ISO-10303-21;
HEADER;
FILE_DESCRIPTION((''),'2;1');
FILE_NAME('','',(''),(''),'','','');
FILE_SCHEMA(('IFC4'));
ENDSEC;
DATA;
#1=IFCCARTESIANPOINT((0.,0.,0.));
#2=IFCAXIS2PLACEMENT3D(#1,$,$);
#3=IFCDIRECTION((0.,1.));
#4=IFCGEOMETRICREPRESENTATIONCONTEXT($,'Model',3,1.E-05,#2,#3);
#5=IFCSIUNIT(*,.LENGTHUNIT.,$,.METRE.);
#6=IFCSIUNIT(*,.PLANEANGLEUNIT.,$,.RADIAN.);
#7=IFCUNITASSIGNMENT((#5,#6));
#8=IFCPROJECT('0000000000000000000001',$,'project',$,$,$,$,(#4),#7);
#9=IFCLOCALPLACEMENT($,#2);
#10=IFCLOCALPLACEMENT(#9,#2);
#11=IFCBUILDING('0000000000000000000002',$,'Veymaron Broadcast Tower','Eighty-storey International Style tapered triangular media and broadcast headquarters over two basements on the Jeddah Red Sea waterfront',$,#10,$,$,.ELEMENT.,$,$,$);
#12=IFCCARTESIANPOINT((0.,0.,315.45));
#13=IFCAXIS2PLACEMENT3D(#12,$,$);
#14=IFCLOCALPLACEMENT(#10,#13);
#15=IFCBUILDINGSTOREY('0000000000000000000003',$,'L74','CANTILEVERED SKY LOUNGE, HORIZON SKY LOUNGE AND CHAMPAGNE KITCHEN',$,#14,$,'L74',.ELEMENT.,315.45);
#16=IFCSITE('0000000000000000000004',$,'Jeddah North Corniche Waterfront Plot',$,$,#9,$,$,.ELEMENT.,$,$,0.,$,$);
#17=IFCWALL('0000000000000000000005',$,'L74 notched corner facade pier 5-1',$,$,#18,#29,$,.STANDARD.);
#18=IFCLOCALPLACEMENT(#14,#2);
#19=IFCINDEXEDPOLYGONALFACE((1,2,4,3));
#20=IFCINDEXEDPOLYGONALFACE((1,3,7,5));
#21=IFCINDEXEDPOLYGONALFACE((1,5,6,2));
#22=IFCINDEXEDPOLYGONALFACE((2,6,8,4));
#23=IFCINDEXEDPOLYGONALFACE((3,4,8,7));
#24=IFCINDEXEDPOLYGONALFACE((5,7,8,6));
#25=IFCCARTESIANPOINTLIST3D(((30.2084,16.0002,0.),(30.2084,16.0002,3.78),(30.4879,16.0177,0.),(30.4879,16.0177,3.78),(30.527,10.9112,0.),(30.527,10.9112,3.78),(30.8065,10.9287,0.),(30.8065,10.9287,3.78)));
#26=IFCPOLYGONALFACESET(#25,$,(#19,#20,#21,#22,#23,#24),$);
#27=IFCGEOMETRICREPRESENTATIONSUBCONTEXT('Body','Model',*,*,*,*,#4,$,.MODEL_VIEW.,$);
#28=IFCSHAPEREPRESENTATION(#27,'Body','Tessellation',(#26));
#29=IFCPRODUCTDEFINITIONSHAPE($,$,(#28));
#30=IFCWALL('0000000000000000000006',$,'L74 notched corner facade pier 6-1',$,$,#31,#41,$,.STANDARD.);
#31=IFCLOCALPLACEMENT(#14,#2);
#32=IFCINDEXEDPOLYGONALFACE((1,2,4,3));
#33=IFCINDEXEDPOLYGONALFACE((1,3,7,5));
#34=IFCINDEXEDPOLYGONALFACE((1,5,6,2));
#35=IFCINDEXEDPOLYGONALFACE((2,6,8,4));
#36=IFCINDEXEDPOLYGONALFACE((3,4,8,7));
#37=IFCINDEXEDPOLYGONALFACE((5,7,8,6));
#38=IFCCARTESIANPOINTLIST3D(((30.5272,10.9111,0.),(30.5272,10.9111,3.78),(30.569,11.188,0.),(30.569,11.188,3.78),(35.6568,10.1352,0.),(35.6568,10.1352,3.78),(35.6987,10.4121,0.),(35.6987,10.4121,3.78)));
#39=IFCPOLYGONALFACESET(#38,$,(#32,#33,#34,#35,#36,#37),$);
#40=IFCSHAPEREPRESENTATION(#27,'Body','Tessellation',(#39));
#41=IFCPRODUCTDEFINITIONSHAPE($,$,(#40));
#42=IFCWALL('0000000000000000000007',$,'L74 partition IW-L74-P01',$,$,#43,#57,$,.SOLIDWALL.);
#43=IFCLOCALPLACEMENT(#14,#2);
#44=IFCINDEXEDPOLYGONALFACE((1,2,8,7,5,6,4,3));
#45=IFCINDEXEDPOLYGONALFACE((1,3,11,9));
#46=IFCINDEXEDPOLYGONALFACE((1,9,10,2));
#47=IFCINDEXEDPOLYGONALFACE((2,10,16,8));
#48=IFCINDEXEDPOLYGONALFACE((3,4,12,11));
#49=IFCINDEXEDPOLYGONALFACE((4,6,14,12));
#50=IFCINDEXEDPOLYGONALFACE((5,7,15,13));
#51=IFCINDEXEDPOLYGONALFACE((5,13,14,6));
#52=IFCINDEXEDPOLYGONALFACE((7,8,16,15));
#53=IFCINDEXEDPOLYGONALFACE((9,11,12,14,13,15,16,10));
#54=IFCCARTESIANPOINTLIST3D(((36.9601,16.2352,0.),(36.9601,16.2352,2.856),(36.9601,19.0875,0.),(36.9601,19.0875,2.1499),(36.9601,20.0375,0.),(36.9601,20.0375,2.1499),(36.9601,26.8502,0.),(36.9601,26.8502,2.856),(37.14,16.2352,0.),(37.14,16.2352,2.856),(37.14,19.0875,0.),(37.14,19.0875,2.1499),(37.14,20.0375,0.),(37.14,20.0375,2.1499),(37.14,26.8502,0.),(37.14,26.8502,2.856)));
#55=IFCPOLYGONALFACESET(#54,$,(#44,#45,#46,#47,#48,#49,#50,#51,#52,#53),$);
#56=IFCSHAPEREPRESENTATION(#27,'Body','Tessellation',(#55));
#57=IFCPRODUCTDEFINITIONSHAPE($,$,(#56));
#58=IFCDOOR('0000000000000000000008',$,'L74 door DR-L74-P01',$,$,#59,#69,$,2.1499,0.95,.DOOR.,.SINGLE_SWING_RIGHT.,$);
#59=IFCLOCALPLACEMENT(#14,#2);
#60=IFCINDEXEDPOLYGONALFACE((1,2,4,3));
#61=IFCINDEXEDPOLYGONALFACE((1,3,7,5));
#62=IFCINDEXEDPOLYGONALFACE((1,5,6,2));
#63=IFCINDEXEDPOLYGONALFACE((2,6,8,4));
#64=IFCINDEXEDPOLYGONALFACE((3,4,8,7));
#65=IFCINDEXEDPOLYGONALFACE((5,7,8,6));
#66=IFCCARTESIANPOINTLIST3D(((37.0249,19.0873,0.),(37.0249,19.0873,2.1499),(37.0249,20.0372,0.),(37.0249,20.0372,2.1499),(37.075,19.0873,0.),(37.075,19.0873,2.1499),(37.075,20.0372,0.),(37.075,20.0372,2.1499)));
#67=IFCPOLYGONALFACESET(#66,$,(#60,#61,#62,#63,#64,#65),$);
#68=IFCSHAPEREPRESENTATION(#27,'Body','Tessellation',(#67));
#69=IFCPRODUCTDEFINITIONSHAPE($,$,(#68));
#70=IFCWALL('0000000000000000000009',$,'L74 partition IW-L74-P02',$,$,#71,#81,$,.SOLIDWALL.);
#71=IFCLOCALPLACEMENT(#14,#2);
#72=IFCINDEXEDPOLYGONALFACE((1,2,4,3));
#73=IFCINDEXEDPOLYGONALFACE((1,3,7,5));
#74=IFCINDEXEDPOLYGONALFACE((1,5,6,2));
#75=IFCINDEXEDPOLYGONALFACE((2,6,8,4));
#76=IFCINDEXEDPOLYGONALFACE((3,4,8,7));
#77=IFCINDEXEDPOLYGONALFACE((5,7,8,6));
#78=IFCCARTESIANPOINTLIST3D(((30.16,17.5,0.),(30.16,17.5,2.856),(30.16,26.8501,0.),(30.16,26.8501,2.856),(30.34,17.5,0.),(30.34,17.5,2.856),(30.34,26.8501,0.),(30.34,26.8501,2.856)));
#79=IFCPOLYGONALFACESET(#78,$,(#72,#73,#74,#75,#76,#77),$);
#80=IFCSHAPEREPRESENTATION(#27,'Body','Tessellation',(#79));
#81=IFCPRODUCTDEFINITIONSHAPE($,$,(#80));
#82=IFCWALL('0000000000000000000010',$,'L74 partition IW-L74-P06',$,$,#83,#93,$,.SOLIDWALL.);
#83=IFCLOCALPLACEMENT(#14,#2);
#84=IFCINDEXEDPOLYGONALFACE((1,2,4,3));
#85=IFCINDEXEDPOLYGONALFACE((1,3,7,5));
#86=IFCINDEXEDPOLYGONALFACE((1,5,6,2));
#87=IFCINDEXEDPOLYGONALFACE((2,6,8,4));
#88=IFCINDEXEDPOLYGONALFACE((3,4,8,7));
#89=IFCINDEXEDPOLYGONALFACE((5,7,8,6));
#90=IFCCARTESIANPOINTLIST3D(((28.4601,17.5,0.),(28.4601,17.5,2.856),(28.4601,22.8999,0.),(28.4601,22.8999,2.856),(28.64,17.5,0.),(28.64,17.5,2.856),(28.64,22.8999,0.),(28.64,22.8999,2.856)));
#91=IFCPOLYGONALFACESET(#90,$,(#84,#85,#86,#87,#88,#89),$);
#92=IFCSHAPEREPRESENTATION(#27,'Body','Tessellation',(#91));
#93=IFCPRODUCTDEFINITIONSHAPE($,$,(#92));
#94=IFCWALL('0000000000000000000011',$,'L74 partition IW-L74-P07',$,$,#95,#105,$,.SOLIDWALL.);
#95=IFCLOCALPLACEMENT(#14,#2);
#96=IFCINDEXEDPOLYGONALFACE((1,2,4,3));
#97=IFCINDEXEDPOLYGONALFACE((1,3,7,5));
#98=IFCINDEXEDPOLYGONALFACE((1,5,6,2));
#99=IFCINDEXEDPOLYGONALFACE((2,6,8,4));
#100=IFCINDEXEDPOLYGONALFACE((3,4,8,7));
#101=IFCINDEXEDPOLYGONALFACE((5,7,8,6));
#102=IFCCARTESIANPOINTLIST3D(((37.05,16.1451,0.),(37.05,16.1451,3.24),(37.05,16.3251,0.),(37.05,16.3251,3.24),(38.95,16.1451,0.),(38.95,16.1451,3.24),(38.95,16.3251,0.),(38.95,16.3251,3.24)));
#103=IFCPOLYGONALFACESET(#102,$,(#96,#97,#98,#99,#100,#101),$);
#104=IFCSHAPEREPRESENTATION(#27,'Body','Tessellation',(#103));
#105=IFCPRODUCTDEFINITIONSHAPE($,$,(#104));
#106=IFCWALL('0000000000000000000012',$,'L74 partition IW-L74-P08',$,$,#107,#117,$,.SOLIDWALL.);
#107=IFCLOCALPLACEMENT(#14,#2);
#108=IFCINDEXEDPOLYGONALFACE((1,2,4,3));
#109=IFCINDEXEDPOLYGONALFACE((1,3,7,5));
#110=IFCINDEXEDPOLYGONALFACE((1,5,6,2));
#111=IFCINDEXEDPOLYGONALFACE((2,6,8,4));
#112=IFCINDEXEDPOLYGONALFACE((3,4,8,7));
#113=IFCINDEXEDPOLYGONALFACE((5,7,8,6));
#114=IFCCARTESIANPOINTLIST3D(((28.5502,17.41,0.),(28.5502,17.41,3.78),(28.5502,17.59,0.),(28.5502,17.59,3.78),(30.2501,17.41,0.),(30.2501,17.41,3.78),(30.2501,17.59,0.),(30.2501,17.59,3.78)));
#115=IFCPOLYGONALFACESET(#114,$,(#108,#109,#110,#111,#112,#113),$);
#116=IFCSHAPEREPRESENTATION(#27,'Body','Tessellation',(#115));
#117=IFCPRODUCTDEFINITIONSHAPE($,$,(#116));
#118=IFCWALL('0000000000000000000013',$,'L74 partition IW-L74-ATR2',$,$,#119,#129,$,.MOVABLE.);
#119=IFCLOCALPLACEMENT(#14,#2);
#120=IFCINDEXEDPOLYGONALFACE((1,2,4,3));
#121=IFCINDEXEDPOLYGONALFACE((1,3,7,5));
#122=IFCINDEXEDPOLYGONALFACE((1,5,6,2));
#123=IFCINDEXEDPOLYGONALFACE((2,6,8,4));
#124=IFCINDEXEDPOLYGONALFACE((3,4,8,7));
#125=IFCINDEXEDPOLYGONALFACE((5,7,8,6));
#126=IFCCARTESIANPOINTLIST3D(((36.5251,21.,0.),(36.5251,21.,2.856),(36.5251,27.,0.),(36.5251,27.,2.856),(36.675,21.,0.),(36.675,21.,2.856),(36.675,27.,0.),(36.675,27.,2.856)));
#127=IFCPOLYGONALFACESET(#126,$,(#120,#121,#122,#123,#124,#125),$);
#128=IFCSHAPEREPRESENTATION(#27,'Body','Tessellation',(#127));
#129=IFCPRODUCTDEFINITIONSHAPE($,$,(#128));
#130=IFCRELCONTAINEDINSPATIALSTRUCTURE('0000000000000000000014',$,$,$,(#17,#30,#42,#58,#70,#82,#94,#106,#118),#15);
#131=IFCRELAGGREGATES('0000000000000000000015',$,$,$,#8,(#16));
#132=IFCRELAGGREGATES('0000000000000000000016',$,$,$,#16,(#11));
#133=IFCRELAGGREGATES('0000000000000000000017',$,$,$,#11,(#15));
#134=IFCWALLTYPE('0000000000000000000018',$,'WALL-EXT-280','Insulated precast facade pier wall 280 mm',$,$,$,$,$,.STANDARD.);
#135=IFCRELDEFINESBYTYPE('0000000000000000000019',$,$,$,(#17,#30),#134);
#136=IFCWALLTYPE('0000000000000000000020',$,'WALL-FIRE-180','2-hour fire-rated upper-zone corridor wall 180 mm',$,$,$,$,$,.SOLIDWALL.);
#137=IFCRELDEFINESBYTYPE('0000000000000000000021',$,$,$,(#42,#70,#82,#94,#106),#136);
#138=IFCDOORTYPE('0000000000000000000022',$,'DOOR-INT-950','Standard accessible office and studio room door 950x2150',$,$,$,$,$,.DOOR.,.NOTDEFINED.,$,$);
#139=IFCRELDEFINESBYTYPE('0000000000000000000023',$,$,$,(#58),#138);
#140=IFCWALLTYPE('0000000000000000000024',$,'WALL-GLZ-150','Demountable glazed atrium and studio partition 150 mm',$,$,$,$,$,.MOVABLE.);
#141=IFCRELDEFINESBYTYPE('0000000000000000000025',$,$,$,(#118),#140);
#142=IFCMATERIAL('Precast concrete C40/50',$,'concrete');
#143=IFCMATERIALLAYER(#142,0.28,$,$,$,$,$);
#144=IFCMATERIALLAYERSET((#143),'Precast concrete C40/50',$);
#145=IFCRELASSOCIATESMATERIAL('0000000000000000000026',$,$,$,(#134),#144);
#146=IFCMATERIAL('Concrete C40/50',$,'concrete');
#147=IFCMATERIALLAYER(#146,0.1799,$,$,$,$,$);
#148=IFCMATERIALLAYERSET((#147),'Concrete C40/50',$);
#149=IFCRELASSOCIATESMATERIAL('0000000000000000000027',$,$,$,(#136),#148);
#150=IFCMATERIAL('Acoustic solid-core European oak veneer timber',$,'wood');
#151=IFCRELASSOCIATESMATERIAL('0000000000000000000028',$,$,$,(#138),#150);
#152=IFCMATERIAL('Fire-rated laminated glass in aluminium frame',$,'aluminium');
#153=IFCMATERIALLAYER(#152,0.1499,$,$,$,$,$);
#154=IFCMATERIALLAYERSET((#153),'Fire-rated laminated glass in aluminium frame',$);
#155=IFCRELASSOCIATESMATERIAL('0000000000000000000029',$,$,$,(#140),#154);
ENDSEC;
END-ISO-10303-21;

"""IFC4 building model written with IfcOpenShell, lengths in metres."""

from ifc_helpers import new_model, si_unit, direction, frame, frame_2d, origin, place, context, subcontext, project, spatial, rectangle, extrude, material, layer, layer_set, type_object, element, fill, save


model = new_model("IFC4")

# Units and contexts
model_context = context("Model", 3, precision=1e-05, world=origin(), true_north=direction((0.0, 1.0)))
body_context = subcontext(model_context, "Body", "Model", "MODEL_VIEW")
ifc_project = project(units=[si_unit("LENGTHUNIT", "METRE"), si_unit("PLANEANGLEUNIT", "RADIAN")], contexts=[model_context])

# Site, building, storey
site_placement = place(None, origin())
site = spatial("IfcSite", under=ifc_project, at=site_placement, Name="Jeddah North Corniche Waterfront Plot", CompositionType="ELEMENT", RefElevation=0.0)
building_placement = place(site_placement, origin())
building = spatial("IfcBuilding", under=site, at=building_placement, Name="Veymaron Broadcast Tower", Description="Eighty-storey International Style tapered triangular media and broadcast headquarters over two basements on the Jeddah Red Sea waterfront", CompositionType="ELEMENT")
storey_placement = place(building_placement, frame((0.0, 0.0, 315.45)))
storey = spatial("IfcBuildingStorey", under=building, at=storey_placement, Name="L74", Description="CANTILEVERED SKY LOUNGE, HORIZON SKY LOUNGE AND CHAMPAGNE KITCHEN", LongName="L74", CompositionType="ELEMENT", Elevation=315.45)

# Walls
ifc_material_1 = material(Name="Precast concrete C40/50", Category="concrete")
ifc_layer_1 = layer(ifc_material_1, 0.28)
ifc_layer_set_1 = layer_set([ifc_layer_1], Name="Precast concrete C40/50")
wall_type_1 = type_object("IfcWallType", Name="WALL-EXT-280", Description="Insulated precast facade pier wall 280 mm", PredefinedType="STANDARD", material=ifc_layer_set_1)
wall_1_placement = place(storey_placement, frame((30.3481, 16.0088, 0.0), z_axis=(0.0, 0.0, 1.0), x_axis=(0.062486, -0.998046, 0.0)))
element("IfcWall", 1, at=wall_1_placement, inside=storey, type_object=wall_type_1, Name="L74 notched corner facade pier 5-1", PredefinedType="STANDARD", context=body_context, shape_type="SweptSolid", body=[
    extrude(rectangle(XDim=5.0989, YDim=0.28, at=frame_2d((2.5493, 0.0))), origin(), (0.0, 0.0, 1.0), 3.78),
])
wall_2_placement = place(storey_placement, frame((30.5481, 11.0496, 0.0), z_axis=(0.0, 0.0, 1.0), x_axis=(0.988754, -0.149553, 0.0)))
element("IfcWall", 2, at=wall_2_placement, inside=storey, type_object=wall_type_1, Name="L74 notched corner facade pier 6-1", PredefinedType="STANDARD", context=body_context, shape_type="SweptSolid", body=[
    extrude(rectangle(XDim=5.188, YDim=0.28, at=frame_2d((2.594, 0.0))), origin(), (0.0, 0.0, 1.0), 3.78),
])

# Wall, opening, door
ifc_material_2 = material(Name="Concrete C40/50", Category="concrete")
ifc_layer_2 = layer(ifc_material_2, 0.1799)
ifc_layer_set_2 = layer_set([ifc_layer_2], Name="Concrete C40/50")
wall_type_2 = type_object("IfcWallType", Name="WALL-FIRE-180", Description="2-hour fire-rated upper-zone corridor wall 180 mm", PredefinedType="SOLIDWALL", material=ifc_layer_set_2)
wall_3_placement = place(storey_placement, frame((37.05, 16.2351, 0.0), z_axis=(0.0, 0.0, 1.0), x_axis=(0.0, 1.0, 0.0)))
wall_3 = element("IfcWall", 3, at=wall_3_placement, inside=storey, type_object=wall_type_2, Name="L74 partition IW-L74-P01", PredefinedType="SOLIDWALL", context=body_context, shape_type="SweptSolid", body=[
    extrude(rectangle(XDim=10.615, YDim=0.1799, at=frame_2d((5.3076, 0.0))), origin(), (0.0, 0.0, 1.0), 2.856),
])
opening_placement = place(wall_3_placement, frame((2.8523, 0.0, 0.0)))
opening = element("IfcOpeningElement", 4, at=opening_placement, cuts=wall_3, PredefinedType="OPENING", context=body_context, shape_type="SweptSolid", body=[
    extrude(rectangle(XDim=0.95, YDim=2.1499, at=frame_2d((0.4751, 1.075))), frame((0.0, 0.1001, 0.0), z_axis=(0.0, -1.0, 0.0), x_axis=(1.0, 0.0, 0.0)), (0.0, 0.0, 1.0), 0.2),
])
ifc_material_3 = material(Name="Acoustic solid-core European oak veneer timber", Category="wood")
door_type = type_object("IfcDoorType", Name="DOOR-INT-950", Description="Standard accessible office and studio room door 950x2150", OperationType="NOTDEFINED", PredefinedType="DOOR", material=ifc_material_3)
door_placement = place(opening_placement, frame((0.95, 0.0, 0.0), z_axis=(0.0, 0.0, 1.0), x_axis=(-1.0, 0.0, 0.0)))
door = element("IfcDoor", 5, at=door_placement, inside=storey, type_object=door_type, Name="L74 door DR-L74-P01", OperationType="SINGLE_SWING_RIGHT", OverallHeight=2.1499, OverallWidth=0.95, PredefinedType="DOOR", context=body_context, shape_type="SweptSolid", body=[
    extrude(rectangle(XDim=0.95, YDim=2.1499, at=frame_2d((0.4751, 1.075))), frame((0.0, 0.0249, 0.0), z_axis=(0.0, -1.0, 0.0), x_axis=(1.0, 0.0, 0.0)), (0.0, 0.0, 1.0), 0.05),
])
fill(opening, door)

# Walls
wall_4_placement = place(storey_placement, frame((30.25, 17.5, 0.0), z_axis=(0.0, 0.0, 1.0), x_axis=(0.0, 1.0, 0.0)))
element("IfcWall", 6, at=wall_4_placement, inside=storey, type_object=wall_type_2, Name="L74 partition IW-L74-P02", PredefinedType="SOLIDWALL", context=body_context, shape_type="SweptSolid", body=[
    extrude(rectangle(XDim=9.3501, YDim=0.1799, at=frame_2d((4.675, 0.0))), origin(), (0.0, 0.0, 1.0), 2.856),
])
wall_5_placement = place(storey_placement, frame((28.55, 17.5, 0.0), z_axis=(0.0, 0.0, 1.0), x_axis=(0.0, 1.0, 0.0)))
element("IfcWall", 7, at=wall_5_placement, inside=storey, type_object=wall_type_2, Name="L74 partition IW-L74-P06", PredefinedType="SOLIDWALL", context=body_context, shape_type="SweptSolid", body=[
    extrude(rectangle(XDim=5.3999, YDim=0.1799, at=frame_2d((2.7, 0.0))), origin(), (0.0, 0.0, 1.0), 2.856),
])
wall_6_placement = place(storey_placement, frame((37.05, 16.2351, 0.0), z_axis=(0.0, 0.0, 1.0), x_axis=(1.0, 0.0, 0.0)))
element("IfcWall", 8, at=wall_6_placement, inside=storey, type_object=wall_type_2, Name="L74 partition IW-L74-P07", PredefinedType="SOLIDWALL", context=body_context, shape_type="SweptSolid", body=[
    extrude(rectangle(XDim=1.8999, YDim=0.1799, at=frame_2d((0.95, 0.0))), origin(), (0.0, 0.0, 1.0), 3.24),
])
wall_7_placement = place(storey_placement, frame((28.55, 17.5, 0.0), z_axis=(0.0, 0.0, 1.0), x_axis=(1.0, 0.0, 0.0)))
element("IfcWall", 9, at=wall_7_placement, inside=storey, type_object=wall_type_2, Name="L74 partition IW-L74-P08", PredefinedType="SOLIDWALL", context=body_context, shape_type="SweptSolid", body=[
    extrude(rectangle(XDim=1.7, YDim=0.1799, at=frame_2d((0.8501, 0.0))), origin(), (0.0, 0.0, 1.0), 3.78),
])
ifc_material_4 = material(Name="Fire-rated laminated glass in aluminium frame", Category="aluminium")
ifc_layer_3 = layer(ifc_material_4, 0.1499)
ifc_layer_set_3 = layer_set([ifc_layer_3], Name="Fire-rated laminated glass in aluminium frame")
wall_type_3 = type_object("IfcWallType", Name="WALL-GLZ-150", Description="Demountable glazed atrium and studio partition 150 mm", PredefinedType="MOVABLE", material=ifc_layer_set_3)
wall_8_placement = place(storey_placement, frame((36.6001, 21.0, 0.0), z_axis=(0.0, 0.0, 1.0), x_axis=(0.0, 1.0, 0.0)))
element("IfcWall", 10, at=wall_8_placement, inside=storey, type_object=wall_type_3, Name="L74 partition IW-L74-ATR2", PredefinedType="MOVABLE", context=body_context, shape_type="SweptSolid", body=[
    extrude(rectangle(XDim=6.0, YDim=0.1499, at=frame_2d((3.0, 0.0))), origin(), (0.0, 0.0, 1.0), 2.856),
])

save(model, "model.ifc")
